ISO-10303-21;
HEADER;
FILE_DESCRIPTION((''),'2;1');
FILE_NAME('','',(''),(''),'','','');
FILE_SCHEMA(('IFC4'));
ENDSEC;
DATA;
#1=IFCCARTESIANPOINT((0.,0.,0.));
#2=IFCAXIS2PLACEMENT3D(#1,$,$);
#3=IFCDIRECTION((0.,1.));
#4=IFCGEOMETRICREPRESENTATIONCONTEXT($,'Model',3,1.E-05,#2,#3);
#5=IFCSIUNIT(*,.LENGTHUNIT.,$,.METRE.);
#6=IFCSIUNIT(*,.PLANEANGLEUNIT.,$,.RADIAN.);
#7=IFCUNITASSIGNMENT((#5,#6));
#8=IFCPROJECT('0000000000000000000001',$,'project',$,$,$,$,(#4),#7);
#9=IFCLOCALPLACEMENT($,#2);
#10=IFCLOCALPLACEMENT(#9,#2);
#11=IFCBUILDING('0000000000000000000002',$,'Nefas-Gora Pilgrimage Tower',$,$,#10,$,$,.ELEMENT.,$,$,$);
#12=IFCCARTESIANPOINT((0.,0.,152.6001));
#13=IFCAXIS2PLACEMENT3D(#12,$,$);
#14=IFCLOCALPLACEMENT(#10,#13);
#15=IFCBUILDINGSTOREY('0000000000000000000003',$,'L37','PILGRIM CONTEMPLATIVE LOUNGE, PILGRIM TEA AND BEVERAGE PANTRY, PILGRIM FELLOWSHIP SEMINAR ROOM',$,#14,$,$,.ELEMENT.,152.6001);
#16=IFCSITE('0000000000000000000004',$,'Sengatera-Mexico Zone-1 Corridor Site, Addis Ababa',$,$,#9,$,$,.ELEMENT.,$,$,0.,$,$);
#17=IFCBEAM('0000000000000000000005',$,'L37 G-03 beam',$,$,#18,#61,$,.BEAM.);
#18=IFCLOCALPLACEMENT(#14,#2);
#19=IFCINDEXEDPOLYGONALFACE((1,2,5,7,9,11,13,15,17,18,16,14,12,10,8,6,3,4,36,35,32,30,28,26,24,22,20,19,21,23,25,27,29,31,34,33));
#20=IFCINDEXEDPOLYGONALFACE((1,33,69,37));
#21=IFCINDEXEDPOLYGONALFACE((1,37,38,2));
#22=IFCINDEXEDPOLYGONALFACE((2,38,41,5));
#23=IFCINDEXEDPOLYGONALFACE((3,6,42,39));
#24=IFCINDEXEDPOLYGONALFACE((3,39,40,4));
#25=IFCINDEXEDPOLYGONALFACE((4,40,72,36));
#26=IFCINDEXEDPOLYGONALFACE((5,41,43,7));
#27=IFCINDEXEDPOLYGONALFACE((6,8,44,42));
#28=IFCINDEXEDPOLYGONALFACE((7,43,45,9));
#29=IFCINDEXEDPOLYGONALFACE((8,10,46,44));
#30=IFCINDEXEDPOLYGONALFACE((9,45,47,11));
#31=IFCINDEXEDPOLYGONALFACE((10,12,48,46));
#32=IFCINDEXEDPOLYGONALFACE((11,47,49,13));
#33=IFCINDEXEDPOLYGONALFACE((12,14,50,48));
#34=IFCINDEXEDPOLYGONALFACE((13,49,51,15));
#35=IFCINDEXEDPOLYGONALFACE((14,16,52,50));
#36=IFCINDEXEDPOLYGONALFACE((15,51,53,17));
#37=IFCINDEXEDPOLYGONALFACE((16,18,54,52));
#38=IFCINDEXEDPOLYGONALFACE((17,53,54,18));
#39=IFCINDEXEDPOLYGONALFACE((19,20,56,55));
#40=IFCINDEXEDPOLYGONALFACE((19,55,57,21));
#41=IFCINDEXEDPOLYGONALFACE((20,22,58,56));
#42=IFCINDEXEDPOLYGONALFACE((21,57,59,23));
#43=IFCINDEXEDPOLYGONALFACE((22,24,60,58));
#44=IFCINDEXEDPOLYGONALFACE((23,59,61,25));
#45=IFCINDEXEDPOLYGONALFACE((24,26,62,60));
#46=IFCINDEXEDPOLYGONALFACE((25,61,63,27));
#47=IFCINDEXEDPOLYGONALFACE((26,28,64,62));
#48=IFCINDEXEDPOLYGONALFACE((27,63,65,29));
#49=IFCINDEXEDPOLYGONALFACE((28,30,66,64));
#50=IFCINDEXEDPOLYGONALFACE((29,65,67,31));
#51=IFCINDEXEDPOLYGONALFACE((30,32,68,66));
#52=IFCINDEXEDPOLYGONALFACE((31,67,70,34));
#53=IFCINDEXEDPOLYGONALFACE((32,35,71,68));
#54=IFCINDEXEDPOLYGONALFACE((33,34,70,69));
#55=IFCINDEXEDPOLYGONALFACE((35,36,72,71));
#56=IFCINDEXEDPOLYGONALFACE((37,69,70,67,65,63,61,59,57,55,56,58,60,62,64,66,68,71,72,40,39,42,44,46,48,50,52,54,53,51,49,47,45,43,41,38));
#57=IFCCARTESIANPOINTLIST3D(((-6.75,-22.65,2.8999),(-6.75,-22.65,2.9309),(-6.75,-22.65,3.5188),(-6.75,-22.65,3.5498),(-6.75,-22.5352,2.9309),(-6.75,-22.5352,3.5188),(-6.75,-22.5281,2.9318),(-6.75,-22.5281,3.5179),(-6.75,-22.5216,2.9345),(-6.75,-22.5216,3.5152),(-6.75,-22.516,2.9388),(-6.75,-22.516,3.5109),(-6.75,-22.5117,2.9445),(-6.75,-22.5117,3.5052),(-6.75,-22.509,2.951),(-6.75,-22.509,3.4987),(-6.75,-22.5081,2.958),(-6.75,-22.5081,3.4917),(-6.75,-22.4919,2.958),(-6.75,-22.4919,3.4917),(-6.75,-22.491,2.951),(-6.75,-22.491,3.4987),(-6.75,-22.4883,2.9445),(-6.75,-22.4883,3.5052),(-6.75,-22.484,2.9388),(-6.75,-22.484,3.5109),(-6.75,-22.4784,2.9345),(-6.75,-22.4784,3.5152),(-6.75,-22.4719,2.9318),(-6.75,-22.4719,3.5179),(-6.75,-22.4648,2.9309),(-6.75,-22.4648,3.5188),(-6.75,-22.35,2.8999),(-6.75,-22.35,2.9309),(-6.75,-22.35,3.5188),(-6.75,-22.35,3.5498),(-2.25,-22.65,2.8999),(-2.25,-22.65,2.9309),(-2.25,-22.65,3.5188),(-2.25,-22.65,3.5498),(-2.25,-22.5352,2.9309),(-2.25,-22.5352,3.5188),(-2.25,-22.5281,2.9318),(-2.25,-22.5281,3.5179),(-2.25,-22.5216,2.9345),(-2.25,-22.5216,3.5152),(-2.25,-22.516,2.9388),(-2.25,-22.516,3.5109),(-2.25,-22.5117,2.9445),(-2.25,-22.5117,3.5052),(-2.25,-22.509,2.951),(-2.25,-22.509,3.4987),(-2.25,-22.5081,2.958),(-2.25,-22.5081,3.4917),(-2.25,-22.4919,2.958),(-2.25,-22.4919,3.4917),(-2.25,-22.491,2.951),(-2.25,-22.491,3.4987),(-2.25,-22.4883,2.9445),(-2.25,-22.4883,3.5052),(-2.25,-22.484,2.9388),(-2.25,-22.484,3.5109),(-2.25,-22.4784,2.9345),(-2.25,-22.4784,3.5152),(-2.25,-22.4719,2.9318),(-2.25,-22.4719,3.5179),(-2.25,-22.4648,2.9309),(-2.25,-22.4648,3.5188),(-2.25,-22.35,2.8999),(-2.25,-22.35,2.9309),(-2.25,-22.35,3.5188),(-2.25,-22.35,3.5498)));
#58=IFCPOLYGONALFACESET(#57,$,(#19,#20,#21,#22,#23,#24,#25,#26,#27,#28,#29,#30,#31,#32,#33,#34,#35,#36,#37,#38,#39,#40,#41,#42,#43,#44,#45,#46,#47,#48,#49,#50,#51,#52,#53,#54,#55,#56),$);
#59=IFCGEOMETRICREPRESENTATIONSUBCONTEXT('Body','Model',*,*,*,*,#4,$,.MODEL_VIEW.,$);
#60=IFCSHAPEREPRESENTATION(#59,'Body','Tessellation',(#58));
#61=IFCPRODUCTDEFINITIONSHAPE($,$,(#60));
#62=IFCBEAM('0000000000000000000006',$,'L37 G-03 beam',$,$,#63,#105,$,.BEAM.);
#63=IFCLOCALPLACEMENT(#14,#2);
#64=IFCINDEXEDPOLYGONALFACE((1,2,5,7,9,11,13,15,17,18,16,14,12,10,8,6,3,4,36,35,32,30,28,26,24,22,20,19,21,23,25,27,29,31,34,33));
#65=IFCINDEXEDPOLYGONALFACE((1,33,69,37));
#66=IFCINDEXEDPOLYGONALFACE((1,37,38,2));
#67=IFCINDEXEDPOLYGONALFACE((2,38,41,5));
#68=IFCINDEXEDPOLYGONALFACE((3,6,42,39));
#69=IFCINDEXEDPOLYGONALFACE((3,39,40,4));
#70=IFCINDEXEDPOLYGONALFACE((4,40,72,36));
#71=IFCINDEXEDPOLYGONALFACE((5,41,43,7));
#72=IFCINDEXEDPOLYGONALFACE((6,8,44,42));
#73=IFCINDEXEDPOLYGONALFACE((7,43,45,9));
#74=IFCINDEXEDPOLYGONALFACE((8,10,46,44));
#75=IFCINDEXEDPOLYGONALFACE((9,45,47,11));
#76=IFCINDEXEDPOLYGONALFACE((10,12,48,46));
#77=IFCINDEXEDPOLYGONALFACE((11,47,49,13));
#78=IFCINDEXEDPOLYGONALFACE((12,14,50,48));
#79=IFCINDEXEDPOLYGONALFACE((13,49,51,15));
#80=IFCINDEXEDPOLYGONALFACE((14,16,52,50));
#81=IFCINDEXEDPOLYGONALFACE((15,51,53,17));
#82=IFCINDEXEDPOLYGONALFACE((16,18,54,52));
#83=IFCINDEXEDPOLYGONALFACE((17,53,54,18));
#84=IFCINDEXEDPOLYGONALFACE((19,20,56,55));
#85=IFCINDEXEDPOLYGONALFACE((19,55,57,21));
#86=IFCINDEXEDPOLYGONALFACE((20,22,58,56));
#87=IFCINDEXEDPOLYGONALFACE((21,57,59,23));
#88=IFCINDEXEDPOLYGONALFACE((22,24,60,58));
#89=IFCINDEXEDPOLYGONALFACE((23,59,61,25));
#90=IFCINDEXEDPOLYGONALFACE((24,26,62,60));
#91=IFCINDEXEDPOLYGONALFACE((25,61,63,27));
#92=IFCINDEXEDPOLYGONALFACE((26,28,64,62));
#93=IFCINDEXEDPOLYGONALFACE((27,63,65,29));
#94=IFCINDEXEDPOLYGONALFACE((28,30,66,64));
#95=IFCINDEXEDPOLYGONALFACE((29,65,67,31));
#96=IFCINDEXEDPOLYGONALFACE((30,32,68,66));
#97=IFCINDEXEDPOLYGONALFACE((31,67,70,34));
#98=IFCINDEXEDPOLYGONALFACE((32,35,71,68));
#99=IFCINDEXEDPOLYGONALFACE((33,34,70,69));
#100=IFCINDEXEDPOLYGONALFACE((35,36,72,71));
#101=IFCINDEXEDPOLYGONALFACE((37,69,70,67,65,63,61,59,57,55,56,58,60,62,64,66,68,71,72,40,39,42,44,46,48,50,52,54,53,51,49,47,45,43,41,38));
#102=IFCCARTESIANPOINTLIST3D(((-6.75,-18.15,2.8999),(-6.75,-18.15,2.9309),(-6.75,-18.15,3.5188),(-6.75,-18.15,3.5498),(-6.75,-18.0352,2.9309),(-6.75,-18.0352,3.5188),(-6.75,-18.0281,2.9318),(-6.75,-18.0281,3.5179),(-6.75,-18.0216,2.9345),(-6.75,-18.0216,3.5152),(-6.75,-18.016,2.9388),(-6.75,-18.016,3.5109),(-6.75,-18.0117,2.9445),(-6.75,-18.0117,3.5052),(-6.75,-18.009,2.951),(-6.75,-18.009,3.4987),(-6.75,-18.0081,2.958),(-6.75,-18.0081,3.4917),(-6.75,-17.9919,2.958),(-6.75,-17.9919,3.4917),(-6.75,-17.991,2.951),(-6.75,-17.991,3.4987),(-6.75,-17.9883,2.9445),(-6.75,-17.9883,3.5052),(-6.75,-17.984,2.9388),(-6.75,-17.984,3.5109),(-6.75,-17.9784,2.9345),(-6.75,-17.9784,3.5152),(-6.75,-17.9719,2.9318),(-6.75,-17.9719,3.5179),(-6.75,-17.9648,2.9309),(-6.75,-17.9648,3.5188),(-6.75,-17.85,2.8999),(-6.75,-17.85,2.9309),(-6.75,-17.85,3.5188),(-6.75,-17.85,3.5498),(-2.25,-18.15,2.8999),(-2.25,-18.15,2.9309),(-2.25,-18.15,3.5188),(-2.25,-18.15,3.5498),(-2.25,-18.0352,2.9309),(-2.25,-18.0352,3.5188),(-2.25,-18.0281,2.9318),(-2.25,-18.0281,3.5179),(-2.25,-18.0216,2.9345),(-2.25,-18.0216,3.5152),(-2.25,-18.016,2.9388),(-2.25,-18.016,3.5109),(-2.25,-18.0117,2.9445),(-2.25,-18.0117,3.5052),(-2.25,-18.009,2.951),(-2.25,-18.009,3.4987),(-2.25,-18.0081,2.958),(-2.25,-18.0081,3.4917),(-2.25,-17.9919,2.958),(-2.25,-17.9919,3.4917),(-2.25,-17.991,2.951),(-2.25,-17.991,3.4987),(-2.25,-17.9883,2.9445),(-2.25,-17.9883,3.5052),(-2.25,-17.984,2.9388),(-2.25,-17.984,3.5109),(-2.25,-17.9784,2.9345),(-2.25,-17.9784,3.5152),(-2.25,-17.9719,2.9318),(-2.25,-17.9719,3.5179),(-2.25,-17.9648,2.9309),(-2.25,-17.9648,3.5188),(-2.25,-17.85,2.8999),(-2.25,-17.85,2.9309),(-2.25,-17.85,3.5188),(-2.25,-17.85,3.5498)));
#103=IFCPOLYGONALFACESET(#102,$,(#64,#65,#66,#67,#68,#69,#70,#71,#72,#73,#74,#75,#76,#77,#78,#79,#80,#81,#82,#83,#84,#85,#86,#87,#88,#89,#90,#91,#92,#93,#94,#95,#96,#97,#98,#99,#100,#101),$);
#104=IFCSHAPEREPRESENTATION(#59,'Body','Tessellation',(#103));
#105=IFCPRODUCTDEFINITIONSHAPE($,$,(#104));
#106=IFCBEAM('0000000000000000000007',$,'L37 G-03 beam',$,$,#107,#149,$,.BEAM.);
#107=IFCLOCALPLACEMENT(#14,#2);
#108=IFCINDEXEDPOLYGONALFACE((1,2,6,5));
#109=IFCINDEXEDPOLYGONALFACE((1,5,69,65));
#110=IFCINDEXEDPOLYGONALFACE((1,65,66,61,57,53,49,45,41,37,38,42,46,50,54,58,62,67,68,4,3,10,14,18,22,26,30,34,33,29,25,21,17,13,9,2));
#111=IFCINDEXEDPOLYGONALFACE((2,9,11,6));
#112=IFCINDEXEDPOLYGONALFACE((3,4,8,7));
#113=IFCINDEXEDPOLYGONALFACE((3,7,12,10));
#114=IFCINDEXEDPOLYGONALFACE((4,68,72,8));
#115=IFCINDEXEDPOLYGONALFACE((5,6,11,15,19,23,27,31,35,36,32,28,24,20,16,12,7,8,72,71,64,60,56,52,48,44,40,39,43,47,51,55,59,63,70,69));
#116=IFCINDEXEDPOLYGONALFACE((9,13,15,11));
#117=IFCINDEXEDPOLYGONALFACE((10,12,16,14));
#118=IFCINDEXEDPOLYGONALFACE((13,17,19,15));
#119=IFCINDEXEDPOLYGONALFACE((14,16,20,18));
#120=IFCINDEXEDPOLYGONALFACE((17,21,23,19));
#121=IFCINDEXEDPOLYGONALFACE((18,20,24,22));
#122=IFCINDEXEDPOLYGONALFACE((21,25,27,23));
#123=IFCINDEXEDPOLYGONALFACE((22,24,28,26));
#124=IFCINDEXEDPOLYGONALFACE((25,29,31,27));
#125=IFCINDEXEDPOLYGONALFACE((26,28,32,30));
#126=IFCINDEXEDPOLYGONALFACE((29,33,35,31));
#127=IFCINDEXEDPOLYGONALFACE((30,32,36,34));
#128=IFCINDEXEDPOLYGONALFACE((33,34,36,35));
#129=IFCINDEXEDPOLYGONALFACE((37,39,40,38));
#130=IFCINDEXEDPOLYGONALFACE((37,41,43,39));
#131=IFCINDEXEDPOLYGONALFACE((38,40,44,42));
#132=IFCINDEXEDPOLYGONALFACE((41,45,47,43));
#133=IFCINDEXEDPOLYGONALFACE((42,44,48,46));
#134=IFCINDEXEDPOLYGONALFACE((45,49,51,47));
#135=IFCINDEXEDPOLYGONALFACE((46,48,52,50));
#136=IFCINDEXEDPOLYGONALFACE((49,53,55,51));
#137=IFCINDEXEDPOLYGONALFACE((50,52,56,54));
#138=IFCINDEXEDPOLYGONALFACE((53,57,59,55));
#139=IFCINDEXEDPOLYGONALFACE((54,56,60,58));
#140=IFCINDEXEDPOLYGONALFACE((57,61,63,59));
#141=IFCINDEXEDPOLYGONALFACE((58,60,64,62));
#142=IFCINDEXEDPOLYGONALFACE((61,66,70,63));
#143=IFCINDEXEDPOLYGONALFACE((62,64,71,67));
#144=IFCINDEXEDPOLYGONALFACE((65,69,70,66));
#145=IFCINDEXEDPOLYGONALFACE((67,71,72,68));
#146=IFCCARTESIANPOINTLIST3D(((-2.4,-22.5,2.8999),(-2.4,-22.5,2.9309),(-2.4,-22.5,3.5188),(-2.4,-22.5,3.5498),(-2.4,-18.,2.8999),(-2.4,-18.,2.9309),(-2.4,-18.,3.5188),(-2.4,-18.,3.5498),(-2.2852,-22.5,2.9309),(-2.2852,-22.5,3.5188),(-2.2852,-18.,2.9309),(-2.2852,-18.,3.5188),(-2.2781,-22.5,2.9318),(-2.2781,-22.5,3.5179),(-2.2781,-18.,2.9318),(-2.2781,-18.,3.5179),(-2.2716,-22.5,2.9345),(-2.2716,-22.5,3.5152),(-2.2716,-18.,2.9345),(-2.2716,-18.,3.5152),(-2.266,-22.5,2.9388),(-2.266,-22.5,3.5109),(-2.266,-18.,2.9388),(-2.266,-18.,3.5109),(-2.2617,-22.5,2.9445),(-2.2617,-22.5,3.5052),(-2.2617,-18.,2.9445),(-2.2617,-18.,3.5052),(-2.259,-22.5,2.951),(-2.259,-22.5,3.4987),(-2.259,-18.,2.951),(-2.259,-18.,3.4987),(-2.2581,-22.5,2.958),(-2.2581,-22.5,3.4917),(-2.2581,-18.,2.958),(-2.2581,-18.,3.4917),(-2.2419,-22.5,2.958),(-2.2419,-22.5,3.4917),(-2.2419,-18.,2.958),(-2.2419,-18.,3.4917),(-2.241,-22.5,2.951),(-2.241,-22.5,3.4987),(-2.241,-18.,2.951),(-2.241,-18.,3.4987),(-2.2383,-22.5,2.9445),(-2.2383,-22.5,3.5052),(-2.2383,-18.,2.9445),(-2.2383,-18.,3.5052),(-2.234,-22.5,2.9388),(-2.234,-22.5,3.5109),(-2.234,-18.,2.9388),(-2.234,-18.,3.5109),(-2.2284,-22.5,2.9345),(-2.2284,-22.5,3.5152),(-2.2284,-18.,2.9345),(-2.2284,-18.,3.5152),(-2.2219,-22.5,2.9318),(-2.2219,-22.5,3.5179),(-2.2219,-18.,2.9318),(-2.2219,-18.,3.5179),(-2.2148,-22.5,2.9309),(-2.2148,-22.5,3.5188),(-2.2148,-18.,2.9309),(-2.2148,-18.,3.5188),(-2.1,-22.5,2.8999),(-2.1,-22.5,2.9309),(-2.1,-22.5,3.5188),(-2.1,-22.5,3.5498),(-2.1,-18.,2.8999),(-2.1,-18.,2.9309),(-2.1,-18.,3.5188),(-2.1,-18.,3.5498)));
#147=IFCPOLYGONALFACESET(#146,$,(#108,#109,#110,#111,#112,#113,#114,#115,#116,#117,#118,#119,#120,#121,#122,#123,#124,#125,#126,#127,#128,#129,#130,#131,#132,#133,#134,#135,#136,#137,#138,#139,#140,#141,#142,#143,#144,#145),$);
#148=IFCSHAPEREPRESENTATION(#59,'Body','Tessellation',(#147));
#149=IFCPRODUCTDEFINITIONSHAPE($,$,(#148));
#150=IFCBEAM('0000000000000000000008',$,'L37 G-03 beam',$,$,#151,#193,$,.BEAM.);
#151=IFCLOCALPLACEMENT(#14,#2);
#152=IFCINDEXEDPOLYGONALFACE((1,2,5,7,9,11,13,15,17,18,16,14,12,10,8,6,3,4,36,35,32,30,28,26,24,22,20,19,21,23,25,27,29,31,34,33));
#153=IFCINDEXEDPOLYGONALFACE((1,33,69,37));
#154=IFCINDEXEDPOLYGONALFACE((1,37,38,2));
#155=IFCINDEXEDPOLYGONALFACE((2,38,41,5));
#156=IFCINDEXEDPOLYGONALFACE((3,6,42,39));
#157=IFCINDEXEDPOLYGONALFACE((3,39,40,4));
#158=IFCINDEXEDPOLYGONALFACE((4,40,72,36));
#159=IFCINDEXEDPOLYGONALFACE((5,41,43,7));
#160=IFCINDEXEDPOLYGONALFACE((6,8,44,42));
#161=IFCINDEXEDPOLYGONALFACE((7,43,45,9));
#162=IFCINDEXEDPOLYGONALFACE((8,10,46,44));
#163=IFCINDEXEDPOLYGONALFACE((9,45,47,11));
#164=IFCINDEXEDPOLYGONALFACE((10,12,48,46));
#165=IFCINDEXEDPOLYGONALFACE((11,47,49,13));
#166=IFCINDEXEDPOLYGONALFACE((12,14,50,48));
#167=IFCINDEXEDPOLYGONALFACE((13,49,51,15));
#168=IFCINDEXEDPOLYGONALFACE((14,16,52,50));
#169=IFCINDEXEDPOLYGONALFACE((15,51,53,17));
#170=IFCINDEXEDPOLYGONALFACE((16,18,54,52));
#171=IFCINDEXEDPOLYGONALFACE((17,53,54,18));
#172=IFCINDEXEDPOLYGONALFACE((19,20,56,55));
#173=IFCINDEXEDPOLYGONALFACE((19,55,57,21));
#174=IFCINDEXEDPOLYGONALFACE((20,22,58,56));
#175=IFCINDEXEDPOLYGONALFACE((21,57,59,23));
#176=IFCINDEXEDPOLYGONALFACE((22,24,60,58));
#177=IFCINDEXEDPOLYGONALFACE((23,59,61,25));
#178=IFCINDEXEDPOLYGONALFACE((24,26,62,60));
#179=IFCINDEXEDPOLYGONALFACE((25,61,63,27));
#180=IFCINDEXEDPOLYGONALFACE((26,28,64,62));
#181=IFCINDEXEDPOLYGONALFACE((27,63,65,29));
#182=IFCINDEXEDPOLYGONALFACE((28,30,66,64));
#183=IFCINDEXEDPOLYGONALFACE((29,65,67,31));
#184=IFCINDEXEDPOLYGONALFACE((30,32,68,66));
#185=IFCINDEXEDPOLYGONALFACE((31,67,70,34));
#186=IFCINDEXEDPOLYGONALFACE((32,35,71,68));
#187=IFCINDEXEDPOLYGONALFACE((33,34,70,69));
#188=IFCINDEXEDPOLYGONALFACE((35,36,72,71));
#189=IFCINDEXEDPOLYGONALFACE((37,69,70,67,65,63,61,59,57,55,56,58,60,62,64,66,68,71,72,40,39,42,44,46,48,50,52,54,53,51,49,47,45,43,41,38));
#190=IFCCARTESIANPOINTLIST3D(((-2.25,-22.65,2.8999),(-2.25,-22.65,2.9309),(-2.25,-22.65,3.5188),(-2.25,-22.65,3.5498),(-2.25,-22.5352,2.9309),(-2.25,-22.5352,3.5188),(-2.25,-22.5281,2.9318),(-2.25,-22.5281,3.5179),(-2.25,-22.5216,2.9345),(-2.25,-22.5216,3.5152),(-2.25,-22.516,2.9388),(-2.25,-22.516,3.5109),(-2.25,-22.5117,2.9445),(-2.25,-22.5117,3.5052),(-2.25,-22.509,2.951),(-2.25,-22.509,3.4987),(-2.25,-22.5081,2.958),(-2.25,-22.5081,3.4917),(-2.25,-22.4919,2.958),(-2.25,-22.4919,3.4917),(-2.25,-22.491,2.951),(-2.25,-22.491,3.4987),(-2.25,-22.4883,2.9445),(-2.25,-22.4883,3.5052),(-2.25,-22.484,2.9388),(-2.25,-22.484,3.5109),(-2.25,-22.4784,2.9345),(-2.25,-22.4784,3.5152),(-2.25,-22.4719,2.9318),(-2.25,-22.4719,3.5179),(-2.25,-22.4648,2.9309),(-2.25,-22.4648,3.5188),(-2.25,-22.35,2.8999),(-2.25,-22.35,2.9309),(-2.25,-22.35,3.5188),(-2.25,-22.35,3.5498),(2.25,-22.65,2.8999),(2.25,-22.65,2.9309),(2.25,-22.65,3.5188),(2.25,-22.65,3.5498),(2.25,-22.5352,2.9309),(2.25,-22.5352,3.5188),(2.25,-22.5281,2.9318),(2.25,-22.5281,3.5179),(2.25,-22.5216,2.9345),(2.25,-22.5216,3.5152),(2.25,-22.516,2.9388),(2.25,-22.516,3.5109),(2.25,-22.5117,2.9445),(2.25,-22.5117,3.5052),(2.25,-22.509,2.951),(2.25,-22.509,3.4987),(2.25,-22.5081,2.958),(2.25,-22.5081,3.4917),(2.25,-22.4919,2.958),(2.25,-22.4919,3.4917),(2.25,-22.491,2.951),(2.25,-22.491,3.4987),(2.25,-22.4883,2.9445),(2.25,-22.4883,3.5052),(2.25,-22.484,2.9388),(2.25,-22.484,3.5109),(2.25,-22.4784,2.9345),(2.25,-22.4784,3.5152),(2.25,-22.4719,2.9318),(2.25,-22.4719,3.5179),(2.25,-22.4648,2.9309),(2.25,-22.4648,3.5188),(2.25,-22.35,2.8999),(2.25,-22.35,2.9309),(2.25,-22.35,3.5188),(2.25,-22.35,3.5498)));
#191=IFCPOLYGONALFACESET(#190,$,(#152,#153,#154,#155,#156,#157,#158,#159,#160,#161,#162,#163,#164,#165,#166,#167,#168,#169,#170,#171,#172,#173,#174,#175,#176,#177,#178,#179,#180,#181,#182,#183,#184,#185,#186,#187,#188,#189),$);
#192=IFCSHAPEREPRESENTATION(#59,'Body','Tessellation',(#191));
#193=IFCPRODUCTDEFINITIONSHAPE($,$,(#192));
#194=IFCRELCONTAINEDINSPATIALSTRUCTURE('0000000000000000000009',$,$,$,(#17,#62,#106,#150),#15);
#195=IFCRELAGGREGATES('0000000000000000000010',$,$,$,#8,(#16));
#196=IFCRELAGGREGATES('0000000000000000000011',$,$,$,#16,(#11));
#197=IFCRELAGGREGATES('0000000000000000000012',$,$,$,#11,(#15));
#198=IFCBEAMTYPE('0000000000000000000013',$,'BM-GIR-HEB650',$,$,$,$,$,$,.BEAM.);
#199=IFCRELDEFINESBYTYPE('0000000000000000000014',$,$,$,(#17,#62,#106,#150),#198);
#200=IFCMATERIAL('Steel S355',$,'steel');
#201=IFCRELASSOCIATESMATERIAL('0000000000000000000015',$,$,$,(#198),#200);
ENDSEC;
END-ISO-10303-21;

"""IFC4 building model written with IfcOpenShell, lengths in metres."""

from ifc_helpers import new_model, si_unit, direction, frame, origin, origin_2d, place, context, subcontext, project, spatial, i_section, extrude, source, transform, mapped, material, material_profile, profile_set, type_object, element, save


model = new_model("IFC4")

# Units and contexts
model_context = context("Model", 3, precision=1e-05, world=origin(), true_north=direction((0.0, 1.0)))
body_context = subcontext(model_context, "Body", "Model", "MODEL_VIEW")
ifc_project = project(units=[si_unit("LENGTHUNIT", "METRE"), si_unit("PLANEANGLEUNIT", "RADIAN")], contexts=[model_context])

# Site, building, storey
site_placement = place(None, origin())
site = spatial("IfcSite", under=ifc_project, at=site_placement, Name="Sengatera-Mexico Zone-1 Corridor Site, Addis Ababa", CompositionType="ELEMENT", RefElevation=0.0)
building_placement = place(site_placement, origin())
building = spatial("IfcBuilding", under=site, at=building_placement, Name="Nefas-Gora Pilgrimage Tower", CompositionType="ELEMENT")
storey_placement = place(building_placement, frame((0.0, 0.0, 152.6001)))
storey = spatial("IfcBuildingStorey", under=building, at=storey_placement, Name="L37", Description="PILGRIM CONTEMPLATIVE LOUNGE, PILGRIM TEA AND BEVERAGE PANTRY, PILGRIM FELLOWSHIP SEMINAR ROOM", CompositionType="ELEMENT", Elevation=152.6001)

# Beams
ifc_material_1 = material(Name="Steel S355", Category="steel")
ifc_material_profile_1 = material_profile(ifc_material_1, i_section(OverallWidth=0.3, OverallDepth=0.6499, WebThickness=0.0161, FlangeThickness=0.031, FilletRadius=0.0271, at=origin_2d()), Name="HEB 650")
ifc_profile_set_1 = profile_set([ifc_material_profile_1], Name="Steel S355")
beam_type = type_object("IfcBeamType", Name="BM-GIR-HEB650", PredefinedType="BEAM", material=ifc_profile_set_1)
shared_shape_1 = source(origin(), body_context, "Body", "SweptSolid", [
    extrude(i_section(OverallWidth=0.3, OverallDepth=0.6499, WebThickness=0.0161, FlangeThickness=0.031, FilletRadius=0.0271, at=origin_2d()), origin(), (0.0, 0.0, 1.0), 4.5),
])
for number, where, z_axis, x_axis, name in (
    (1, (-6.75, -22.5, 3.2249), (1.0, 0.0, 0.0), (0.0, 1.0, 0.0), "L37 G-03 beam"),
    (2, (-6.75, -18.0, 3.2249), (1.0, 0.0, 0.0), (0.0, 1.0, 0.0), "L37 G-03 beam"),
    (3, (-2.25, -22.5, 3.2249), (0.0, 1.0, 0.0), (-1.0, 0.0, 0.0), "L37 G-03 beam"),
    (4, (-2.25, -22.5, 3.2249), (1.0, 0.0, 0.0), (0.0, 1.0, 0.0), "L37 G-03 beam"),
):
    element("IfcBeam", number, at=place(storey_placement, frame(where, z_axis=z_axis, x_axis=x_axis)), inside=storey, type_object=beam_type, Name=name, PredefinedType="BEAM", context=body_context, shape_type="MappedRepresentation", body=[
        mapped(shared_shape_1, transform((0.0, 0.0, 0.0), x_axis=(1.0, 0.0, 0.0), y_axis=(0.0, 1.0, 0.0), z_axis=(0.0, 0.0, 1.0), scale=1.0)),
    ])

save(model, "model.ifc")
